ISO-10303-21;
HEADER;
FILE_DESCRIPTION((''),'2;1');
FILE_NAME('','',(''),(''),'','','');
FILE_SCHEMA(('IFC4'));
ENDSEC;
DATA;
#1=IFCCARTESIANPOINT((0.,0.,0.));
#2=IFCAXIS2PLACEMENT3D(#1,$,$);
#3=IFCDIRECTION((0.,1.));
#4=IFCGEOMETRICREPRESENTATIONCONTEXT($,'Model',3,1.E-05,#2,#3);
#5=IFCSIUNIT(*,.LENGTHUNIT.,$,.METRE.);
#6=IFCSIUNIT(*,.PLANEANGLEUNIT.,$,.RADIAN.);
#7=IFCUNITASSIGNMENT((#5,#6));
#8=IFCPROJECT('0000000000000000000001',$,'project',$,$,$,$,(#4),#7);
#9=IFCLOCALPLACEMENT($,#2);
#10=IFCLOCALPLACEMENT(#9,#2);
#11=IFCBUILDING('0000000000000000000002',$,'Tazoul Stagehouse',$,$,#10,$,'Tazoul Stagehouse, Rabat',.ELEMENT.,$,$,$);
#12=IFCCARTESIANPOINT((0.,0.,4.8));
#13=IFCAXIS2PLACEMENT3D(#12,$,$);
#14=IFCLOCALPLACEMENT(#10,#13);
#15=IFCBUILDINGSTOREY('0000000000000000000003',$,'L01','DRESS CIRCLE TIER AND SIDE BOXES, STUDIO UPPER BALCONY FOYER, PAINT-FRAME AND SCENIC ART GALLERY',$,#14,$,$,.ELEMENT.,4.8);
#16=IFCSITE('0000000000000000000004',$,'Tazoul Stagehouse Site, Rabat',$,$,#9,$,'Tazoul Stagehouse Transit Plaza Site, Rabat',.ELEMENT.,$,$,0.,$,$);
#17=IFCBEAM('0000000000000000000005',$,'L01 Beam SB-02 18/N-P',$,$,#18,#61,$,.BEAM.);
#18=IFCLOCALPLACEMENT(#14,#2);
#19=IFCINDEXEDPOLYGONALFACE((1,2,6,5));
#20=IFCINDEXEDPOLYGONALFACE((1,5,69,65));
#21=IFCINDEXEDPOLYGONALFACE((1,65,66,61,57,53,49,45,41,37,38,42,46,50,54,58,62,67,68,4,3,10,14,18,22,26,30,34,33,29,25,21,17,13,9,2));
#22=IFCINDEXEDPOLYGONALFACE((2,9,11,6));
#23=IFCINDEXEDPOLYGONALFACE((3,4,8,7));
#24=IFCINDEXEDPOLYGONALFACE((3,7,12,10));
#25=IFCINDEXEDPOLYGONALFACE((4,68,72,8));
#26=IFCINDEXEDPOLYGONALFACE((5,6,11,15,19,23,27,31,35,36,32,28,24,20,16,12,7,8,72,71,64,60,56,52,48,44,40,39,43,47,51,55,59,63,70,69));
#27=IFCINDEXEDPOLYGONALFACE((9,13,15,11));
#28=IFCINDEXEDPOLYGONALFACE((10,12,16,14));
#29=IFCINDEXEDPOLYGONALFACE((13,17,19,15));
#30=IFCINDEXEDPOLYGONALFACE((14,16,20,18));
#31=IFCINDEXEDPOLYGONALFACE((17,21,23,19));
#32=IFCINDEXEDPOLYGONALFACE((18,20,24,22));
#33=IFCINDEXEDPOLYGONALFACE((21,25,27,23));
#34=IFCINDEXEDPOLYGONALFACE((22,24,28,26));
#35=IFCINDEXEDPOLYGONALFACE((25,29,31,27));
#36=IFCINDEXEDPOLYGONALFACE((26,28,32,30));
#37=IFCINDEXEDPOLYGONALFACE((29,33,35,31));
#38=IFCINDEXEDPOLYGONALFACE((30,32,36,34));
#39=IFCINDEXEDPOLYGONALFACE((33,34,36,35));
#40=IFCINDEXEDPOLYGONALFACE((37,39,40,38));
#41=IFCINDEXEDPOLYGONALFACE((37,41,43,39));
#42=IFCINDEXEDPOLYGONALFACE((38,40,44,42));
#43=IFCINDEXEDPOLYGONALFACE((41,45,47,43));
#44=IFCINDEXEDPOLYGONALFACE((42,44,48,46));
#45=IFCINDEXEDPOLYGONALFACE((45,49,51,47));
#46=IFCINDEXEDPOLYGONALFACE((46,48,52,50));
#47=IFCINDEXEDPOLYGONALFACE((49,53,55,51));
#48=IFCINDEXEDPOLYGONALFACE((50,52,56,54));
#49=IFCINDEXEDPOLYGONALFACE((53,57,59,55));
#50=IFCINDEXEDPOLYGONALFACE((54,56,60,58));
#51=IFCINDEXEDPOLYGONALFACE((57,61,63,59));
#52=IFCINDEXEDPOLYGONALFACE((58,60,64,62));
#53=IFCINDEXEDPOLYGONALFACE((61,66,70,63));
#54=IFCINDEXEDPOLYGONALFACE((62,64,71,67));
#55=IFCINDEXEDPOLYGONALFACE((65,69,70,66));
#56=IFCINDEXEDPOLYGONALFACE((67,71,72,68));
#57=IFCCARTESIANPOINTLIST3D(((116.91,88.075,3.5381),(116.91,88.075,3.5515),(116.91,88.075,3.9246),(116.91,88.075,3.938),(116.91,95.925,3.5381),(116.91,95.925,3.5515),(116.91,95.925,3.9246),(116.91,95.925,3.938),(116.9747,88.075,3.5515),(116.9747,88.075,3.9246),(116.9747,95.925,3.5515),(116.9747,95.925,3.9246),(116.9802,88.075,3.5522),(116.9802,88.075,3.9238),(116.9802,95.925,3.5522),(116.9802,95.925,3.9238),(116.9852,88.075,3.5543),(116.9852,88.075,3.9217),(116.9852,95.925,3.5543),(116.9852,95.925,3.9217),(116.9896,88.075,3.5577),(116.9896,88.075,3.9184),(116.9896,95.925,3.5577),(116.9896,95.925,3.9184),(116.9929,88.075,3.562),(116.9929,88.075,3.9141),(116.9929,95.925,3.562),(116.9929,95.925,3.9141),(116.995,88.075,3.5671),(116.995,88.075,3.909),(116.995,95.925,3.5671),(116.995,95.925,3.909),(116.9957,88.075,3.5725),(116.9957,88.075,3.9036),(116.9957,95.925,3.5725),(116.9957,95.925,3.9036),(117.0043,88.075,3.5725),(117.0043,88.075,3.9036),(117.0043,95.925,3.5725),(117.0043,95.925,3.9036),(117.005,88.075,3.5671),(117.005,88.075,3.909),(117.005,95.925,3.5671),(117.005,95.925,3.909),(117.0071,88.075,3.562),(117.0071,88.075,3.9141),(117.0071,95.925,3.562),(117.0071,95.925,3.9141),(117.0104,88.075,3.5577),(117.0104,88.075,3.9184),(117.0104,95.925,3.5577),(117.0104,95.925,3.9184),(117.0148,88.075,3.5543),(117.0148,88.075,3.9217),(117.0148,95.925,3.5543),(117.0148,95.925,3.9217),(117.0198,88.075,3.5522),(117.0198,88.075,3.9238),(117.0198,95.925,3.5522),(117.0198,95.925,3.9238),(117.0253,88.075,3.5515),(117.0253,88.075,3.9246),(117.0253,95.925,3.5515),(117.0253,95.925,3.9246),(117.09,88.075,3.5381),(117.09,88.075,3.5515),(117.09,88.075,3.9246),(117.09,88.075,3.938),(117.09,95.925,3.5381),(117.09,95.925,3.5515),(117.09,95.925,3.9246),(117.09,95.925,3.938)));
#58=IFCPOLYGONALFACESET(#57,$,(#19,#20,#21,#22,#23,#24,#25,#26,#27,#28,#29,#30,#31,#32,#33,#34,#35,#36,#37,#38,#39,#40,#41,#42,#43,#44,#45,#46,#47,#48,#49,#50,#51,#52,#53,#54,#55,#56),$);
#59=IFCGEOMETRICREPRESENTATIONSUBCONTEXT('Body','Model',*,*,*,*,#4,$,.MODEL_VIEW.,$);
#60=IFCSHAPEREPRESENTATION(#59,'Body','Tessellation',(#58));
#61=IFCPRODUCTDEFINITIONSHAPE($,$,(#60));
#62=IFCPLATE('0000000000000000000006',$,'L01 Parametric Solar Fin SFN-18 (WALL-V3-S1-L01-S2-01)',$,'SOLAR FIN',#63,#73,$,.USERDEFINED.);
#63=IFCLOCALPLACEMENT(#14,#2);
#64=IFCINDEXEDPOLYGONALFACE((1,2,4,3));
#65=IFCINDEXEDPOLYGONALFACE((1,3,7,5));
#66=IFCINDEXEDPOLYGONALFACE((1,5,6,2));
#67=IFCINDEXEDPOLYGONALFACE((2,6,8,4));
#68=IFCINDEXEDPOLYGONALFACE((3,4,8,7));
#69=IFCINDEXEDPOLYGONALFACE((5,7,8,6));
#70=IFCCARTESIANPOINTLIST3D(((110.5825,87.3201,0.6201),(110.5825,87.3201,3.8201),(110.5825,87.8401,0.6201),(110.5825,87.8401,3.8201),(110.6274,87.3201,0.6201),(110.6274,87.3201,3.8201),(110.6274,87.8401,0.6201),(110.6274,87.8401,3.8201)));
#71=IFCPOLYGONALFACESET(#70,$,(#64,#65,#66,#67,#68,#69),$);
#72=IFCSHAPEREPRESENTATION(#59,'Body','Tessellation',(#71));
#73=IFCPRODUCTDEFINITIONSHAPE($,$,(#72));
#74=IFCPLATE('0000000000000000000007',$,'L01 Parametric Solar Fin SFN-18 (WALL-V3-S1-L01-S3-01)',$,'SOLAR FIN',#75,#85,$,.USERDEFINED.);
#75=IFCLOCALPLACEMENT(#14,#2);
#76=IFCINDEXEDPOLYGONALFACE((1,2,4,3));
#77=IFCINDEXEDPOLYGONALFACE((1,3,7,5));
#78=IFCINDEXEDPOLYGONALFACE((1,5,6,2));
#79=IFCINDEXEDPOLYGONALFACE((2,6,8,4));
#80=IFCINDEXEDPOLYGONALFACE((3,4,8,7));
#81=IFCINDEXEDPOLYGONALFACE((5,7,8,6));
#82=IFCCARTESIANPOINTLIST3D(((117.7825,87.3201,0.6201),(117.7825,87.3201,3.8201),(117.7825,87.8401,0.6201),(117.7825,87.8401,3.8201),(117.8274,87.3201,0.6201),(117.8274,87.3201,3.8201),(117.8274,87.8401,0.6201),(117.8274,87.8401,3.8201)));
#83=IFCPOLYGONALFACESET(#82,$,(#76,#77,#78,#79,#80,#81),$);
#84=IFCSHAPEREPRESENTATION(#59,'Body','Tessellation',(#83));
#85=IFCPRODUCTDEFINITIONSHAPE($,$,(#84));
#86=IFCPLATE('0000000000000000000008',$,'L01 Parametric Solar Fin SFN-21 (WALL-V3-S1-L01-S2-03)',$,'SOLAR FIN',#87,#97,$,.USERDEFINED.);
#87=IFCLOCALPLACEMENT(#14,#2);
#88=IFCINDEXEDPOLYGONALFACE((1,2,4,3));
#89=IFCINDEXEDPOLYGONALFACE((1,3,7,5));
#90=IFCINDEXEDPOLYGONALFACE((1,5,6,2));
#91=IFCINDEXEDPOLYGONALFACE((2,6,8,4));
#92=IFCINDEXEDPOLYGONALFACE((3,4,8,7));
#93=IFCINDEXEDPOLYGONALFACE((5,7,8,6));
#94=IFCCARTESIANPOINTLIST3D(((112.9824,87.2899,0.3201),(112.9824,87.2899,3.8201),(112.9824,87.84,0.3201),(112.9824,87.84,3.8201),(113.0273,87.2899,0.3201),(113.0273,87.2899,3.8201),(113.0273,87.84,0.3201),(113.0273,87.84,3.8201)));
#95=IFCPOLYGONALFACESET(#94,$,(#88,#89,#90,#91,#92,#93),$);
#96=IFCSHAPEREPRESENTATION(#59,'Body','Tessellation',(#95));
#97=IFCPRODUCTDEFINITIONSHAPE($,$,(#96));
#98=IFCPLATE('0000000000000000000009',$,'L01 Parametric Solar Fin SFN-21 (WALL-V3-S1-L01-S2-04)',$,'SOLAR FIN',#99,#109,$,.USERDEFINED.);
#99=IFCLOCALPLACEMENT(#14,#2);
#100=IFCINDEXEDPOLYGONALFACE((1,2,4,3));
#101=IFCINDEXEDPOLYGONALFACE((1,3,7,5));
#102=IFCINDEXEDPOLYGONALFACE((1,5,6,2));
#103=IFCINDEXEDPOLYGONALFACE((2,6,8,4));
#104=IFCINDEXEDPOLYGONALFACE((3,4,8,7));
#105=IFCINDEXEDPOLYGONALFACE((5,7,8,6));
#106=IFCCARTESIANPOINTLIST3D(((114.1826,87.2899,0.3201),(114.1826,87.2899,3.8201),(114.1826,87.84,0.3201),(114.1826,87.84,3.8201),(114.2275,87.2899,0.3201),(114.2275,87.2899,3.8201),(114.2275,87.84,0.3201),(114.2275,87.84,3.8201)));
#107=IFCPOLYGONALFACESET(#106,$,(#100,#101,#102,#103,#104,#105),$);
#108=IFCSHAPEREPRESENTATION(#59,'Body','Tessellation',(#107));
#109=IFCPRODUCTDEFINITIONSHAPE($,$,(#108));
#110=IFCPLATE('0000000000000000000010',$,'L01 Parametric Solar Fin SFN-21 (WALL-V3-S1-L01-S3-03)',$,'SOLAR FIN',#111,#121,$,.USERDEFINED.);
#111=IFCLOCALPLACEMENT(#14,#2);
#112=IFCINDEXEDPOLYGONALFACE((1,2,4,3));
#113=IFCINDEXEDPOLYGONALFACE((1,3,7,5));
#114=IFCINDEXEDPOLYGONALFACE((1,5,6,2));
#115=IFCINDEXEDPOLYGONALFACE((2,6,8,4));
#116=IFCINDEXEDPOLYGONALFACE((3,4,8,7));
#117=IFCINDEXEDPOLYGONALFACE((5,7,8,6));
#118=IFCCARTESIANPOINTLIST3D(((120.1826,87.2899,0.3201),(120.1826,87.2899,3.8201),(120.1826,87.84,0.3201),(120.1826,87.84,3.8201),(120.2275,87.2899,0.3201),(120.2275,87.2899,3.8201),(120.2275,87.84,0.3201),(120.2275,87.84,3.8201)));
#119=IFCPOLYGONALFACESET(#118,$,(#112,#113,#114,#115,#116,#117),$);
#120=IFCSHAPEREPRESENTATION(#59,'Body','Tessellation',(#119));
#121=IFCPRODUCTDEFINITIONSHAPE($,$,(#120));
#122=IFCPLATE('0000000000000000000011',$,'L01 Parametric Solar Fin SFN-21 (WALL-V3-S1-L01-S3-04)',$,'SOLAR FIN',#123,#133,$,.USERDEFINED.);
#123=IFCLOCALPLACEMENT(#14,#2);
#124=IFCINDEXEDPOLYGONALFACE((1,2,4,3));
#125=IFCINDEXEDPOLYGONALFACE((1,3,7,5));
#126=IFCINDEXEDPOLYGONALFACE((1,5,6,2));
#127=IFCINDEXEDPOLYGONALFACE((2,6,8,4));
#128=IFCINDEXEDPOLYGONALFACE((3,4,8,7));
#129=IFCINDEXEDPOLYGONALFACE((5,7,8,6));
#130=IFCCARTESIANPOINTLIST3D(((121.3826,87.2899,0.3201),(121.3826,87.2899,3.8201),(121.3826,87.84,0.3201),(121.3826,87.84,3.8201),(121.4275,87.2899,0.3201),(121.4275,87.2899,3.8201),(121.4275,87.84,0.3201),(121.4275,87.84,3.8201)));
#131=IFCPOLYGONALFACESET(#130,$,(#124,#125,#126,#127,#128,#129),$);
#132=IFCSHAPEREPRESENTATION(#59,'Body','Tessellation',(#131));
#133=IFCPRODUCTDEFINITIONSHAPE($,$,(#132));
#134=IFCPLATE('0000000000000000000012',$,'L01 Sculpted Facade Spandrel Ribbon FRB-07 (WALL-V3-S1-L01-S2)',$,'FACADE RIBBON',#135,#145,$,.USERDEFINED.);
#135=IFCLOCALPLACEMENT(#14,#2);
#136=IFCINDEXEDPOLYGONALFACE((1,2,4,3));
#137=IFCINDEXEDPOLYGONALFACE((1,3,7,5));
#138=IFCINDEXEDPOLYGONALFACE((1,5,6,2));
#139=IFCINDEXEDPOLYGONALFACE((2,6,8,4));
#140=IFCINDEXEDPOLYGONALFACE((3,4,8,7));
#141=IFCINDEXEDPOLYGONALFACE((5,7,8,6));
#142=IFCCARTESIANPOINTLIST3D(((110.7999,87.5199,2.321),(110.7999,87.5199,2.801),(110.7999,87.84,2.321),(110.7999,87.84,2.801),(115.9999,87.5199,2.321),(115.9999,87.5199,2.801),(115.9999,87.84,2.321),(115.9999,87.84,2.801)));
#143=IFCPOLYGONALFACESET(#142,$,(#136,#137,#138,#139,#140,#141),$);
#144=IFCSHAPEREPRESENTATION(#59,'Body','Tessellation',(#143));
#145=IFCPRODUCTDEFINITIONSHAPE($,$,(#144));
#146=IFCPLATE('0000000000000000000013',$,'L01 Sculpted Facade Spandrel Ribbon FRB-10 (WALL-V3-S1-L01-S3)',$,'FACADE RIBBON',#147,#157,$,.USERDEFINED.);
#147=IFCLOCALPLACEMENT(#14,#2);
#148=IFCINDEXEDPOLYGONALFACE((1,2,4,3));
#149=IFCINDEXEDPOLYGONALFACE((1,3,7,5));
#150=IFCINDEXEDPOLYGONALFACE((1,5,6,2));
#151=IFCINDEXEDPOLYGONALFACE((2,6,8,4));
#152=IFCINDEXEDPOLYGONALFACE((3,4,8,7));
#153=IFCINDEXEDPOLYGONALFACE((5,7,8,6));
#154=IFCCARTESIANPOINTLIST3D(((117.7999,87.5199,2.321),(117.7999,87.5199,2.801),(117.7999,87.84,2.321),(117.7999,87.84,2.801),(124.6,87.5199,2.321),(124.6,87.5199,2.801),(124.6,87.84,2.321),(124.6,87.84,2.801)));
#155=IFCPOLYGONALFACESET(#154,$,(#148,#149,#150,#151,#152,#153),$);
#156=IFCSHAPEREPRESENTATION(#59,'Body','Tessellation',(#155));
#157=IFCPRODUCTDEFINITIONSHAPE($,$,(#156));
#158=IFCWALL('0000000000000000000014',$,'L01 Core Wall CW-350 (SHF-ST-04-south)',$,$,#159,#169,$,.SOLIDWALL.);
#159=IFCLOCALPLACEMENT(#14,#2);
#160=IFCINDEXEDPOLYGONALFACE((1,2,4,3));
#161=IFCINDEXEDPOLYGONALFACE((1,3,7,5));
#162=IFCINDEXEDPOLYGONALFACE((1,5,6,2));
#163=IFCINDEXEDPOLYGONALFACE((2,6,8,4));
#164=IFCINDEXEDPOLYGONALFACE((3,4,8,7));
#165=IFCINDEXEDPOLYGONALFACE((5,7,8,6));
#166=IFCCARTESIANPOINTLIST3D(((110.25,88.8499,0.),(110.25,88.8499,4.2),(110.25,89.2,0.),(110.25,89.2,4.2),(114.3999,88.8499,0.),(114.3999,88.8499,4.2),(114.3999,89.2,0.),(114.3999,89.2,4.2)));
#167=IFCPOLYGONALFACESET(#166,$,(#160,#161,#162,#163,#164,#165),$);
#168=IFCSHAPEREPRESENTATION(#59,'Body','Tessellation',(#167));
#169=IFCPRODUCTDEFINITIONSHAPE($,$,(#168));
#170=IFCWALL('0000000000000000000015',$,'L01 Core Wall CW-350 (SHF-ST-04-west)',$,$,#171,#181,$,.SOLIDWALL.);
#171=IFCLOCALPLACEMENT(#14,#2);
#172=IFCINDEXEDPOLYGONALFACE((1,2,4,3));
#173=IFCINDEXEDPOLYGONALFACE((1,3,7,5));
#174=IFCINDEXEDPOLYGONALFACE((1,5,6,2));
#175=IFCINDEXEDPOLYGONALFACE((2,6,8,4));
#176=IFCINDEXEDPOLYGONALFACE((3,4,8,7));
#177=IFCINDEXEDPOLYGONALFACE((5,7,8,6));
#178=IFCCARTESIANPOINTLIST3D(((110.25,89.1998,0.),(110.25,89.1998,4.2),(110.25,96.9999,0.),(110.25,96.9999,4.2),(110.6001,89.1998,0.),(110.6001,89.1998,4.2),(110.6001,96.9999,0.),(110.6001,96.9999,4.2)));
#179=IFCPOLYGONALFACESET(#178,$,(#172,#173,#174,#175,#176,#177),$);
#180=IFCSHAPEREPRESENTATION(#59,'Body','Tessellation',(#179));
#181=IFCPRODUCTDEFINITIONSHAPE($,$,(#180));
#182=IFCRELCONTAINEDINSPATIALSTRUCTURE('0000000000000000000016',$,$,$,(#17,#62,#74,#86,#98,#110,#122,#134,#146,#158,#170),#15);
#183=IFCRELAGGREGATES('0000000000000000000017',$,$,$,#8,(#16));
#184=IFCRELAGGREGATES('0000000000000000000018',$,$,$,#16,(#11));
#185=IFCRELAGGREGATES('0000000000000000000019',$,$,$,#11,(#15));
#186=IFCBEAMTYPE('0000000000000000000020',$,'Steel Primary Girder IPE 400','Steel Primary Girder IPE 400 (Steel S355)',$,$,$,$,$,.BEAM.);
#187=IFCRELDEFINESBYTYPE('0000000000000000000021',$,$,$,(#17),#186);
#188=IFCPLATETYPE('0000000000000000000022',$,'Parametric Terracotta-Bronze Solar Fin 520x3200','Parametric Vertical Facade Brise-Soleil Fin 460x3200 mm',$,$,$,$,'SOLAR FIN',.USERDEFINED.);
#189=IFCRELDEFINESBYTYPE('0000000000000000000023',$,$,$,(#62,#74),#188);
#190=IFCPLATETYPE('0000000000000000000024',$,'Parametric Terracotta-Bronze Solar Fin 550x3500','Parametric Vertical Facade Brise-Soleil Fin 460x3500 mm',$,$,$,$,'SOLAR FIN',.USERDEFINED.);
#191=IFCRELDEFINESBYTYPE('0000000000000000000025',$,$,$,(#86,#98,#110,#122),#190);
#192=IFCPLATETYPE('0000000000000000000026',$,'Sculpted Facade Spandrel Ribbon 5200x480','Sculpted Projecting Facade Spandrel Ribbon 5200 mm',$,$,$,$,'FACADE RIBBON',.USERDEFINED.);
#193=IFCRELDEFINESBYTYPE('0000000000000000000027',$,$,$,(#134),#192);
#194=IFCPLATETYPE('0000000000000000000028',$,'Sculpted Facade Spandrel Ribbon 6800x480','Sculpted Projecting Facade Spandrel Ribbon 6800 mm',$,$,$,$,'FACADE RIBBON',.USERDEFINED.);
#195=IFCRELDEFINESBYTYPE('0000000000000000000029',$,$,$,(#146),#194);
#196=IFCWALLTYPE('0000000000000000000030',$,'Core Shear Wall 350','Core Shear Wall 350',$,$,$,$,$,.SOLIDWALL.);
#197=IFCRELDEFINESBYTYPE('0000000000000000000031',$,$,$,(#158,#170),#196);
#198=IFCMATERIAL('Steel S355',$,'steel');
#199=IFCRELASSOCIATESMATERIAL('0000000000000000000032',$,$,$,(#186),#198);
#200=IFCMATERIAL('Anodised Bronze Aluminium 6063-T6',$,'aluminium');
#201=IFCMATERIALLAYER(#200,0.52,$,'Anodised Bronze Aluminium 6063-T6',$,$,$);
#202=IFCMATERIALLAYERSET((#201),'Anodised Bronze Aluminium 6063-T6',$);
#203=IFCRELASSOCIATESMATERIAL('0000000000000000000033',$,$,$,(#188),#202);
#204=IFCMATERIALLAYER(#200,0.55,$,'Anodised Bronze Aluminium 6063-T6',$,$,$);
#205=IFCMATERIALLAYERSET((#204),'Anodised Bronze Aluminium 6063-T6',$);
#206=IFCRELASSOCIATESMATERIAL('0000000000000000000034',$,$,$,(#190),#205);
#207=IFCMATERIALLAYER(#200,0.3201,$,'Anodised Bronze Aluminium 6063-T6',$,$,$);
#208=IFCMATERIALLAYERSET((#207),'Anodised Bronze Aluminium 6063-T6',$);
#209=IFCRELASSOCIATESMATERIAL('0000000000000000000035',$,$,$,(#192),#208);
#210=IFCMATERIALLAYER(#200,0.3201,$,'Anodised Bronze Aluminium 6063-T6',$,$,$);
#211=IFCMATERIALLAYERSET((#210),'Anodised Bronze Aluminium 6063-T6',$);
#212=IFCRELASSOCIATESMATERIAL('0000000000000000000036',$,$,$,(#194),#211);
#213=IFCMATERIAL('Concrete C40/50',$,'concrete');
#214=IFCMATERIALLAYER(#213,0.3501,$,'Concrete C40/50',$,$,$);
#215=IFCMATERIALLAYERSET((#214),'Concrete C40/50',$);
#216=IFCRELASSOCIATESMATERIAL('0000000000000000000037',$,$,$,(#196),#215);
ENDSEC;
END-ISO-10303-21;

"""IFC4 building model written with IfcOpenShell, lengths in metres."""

from ifc_helpers import new_model, si_unit, direction, frame, frame_2d, origin, origin_2d, place, context, subcontext, project, spatial, rectangle, i_section, extrude, material, layer, layer_set, material_profile, profile_set, type_object, element, save


model = new_model("IFC4")

# Units and contexts
model_context = context("Model", 3, precision=1e-05, world=origin(), true_north=direction((0.0, 1.0)))
body_context = subcontext(model_context, "Body", "Model", "MODEL_VIEW")
ifc_project = project(units=[si_unit("LENGTHUNIT", "METRE"), si_unit("PLANEANGLEUNIT", "RADIAN")], contexts=[model_context])

# Site, building, storey
site_placement = place(None, origin())
site = spatial("IfcSite", under=ifc_project, at=site_placement, Name="Tazoul Stagehouse Site, Rabat", LongName="Tazoul Stagehouse Transit Plaza Site, Rabat", CompositionType="ELEMENT", RefElevation=0.0)
building_placement = place(site_placement, origin())
building = spatial("IfcBuilding", under=site, at=building_placement, Name="Tazoul Stagehouse", LongName="Tazoul Stagehouse, Rabat", CompositionType="ELEMENT")
storey_placement = place(building_placement, frame((0.0, 0.0, 4.8)))
storey = spatial("IfcBuildingStorey", under=building, at=storey_placement, Name="L01", Description="DRESS CIRCLE TIER AND SIDE BOXES, STUDIO UPPER BALCONY FOYER, PAINT-FRAME AND SCENIC ART GALLERY", CompositionType="ELEMENT", Elevation=4.8)

# Shared definitions
ifc_material_1 = material(Name="Concrete C40/50", Category="concrete")

# Beam
ifc_material_2 = material(Name="Steel S355", Category="steel")
ifc_material_profile_1 = material_profile(ifc_material_2, i_section(OverallWidth=0.1799, OverallDepth=0.3999, WebThickness=0.0085, FlangeThickness=0.0134, FilletRadius=0.021, at=origin_2d()), Name="IPE 400")
ifc_profile_set_1 = profile_set([ifc_material_profile_1], Name="Steel S355")
beam_type_1 = type_object("IfcBeamType", Name="Steel Primary Girder IPE 400", Description="Steel Primary Girder IPE 400 (Steel S355)", PredefinedType="BEAM", material=ifc_profile_set_1)
beam_1_placement = place(storey_placement, frame((117.0, 88.075, 3.738), z_axis=(0.0, 1.0, 0.0), x_axis=(-1.0, 0.0, 0.0)))
element("IfcBeam", 1, at=beam_1_placement, inside=storey, type_object=beam_type_1, Name="L01 Beam SB-02 18/N-P", PredefinedType="BEAM", context=body_context, shape_type="SweptSolid", body=[
    extrude(i_section(OverallWidth=0.1799, OverallDepth=0.3999, WebThickness=0.0085, FlangeThickness=0.0134, FilletRadius=0.021, at=origin_2d()), origin(), (0.0, 0.0, 1.0), 7.8501),
])

# Plates
ifc_material_3 = material(Name="Anodised Bronze Aluminium 6063-T6", Category="aluminium")
ifc_layer_1 = layer(ifc_material_3, 0.52, Name="Anodised Bronze Aluminium 6063-T6")
ifc_layer_set_1 = layer_set([ifc_layer_1], Name="Anodised Bronze Aluminium 6063-T6")
plate_type_1 = type_object("IfcPlateType", Name="Parametric Terracotta-Bronze Solar Fin 520x3200", Description="Parametric Vertical Facade Brise-Soleil Fin 460x3200 mm", ElementType="SOLAR FIN", PredefinedType="USERDEFINED", material=ifc_layer_set_1)
for number, where, z_axis, x_axis, name in (
    (2, (110.605, 87.5801, 0.6201), (0.0, 0.0, 1.0), (1.0, 0.0, 0.0), "L01 Parametric Solar Fin SFN-18 (WALL-V3-S1-L01-S2-01)"),
    (3, (117.8049, 87.5801, 0.6201), (0.0, 0.0, 1.0), (1.0, 0.0, 0.0), "L01 Parametric Solar Fin SFN-18 (WALL-V3-S1-L01-S3-01)"),
):
    element("IfcPlate", number, at=place(storey_placement, frame(where, z_axis=z_axis, x_axis=x_axis)), inside=storey, type_object=plate_type_1, Name=name, ObjectType="SOLAR FIN", PredefinedType="USERDEFINED", context=body_context, shape_type="SweptSolid", body=[
        extrude(rectangle(XDim=0.0449, YDim=0.52, at=origin_2d()), origin(), (0.0, 0.0, 1.0), 3.2),
    ])
ifc_layer_2 = layer(ifc_material_3, 0.55, Name="Anodised Bronze Aluminium 6063-T6")
ifc_layer_set_2 = layer_set([ifc_layer_2], Name="Anodised Bronze Aluminium 6063-T6")
plate_type_2 = type_object("IfcPlateType", Name="Parametric Terracotta-Bronze Solar Fin 550x3500", Description="Parametric Vertical Facade Brise-Soleil Fin 460x3500 mm", ElementType="SOLAR FIN", PredefinedType="USERDEFINED", material=ifc_layer_set_2)
for number, where, z_axis, x_axis, name in (
    (4, (113.0049, 87.5649, 0.3201), (0.0, 0.0, 1.0), (1.0, 0.0, 0.0), "L01 Parametric Solar Fin SFN-21 (WALL-V3-S1-L01-S2-03)"),
    (5, (114.2051, 87.5649, 0.3201), (0.0, 0.0, 1.0), (1.0, 0.0, 0.0), "L01 Parametric Solar Fin SFN-21 (WALL-V3-S1-L01-S2-04)"),
    (6, (120.2051, 87.5649, 0.3201), (0.0, 0.0, 1.0), (1.0, 0.0, 0.0), "L01 Parametric Solar Fin SFN-21 (WALL-V3-S1-L01-S3-03)"),
    (7, (121.405, 87.5649, 0.3201), (0.0, 0.0, 1.0), (1.0, 0.0, 0.0), "L01 Parametric Solar Fin SFN-21 (WALL-V3-S1-L01-S3-04)"),
):
    element("IfcPlate", number, at=place(storey_placement, frame(where, z_axis=z_axis, x_axis=x_axis)), inside=storey, type_object=plate_type_2, Name=name, ObjectType="SOLAR FIN", PredefinedType="USERDEFINED", context=body_context, shape_type="SweptSolid", body=[
        extrude(rectangle(XDim=0.0449, YDim=0.55, at=origin_2d()), origin(), (0.0, 0.0, 1.0), 3.5),
    ])
ifc_layer_3 = layer(ifc_material_3, 0.3201, Name="Anodised Bronze Aluminium 6063-T6")
ifc_layer_set_3 = layer_set([ifc_layer_3], Name="Anodised Bronze Aluminium 6063-T6")
plate_type_3 = type_object("IfcPlateType", Name="Sculpted Facade Spandrel Ribbon 5200x480", Description="Sculpted Projecting Facade Spandrel Ribbon 5200 mm", ElementType="FACADE RIBBON", PredefinedType="USERDEFINED", material=ifc_layer_set_3)
plate_1_placement = place(storey_placement, frame((113.3999, 87.6799, 2.321), z_axis=(0.0, 0.0, 1.0), x_axis=(1.0, 0.0, 0.0)))
element("IfcPlate", 8, at=plate_1_placement, inside=storey, type_object=plate_type_3, Name="L01 Sculpted Facade Spandrel Ribbon FRB-07 (WALL-V3-S1-L01-S2)", ObjectType="FACADE RIBBON", PredefinedType="USERDEFINED", context=body_context, shape_type="SweptSolid", body=[
    extrude(rectangle(XDim=5.2, YDim=0.3201, at=origin_2d()), origin(), (0.0, 0.0, 1.0), 0.48),
])
ifc_layer_4 = layer(ifc_material_3, 0.3201, Name="Anodised Bronze Aluminium 6063-T6")
ifc_layer_set_4 = layer_set([ifc_layer_4], Name="Anodised Bronze Aluminium 6063-T6")
plate_type_4 = type_object("IfcPlateType", Name="Sculpted Facade Spandrel Ribbon 6800x480", Description="Sculpted Projecting Facade Spandrel Ribbon 6800 mm", ElementType="FACADE RIBBON", PredefinedType="USERDEFINED", material=ifc_layer_set_4)
plate_2_placement = place(storey_placement, frame((121.2, 87.6799, 2.321), z_axis=(0.0, 0.0, 1.0), x_axis=(1.0, 0.0, 0.0)))
element("IfcPlate", 9, at=plate_2_placement, inside=storey, type_object=plate_type_4, Name="L01 Sculpted Facade Spandrel Ribbon FRB-10 (WALL-V3-S1-L01-S3)", ObjectType="FACADE RIBBON", PredefinedType="USERDEFINED", context=body_context, shape_type="SweptSolid", body=[
    extrude(rectangle(XDim=6.8, YDim=0.3201, at=origin_2d()), origin(), (0.0, 0.0, 1.0), 0.48),
])

# Walls
ifc_layer_5 = layer(ifc_material_1, 0.3501, Name="Concrete C40/50")
ifc_layer_set_5 = layer_set([ifc_layer_5], Name="Concrete C40/50")
wall_type_1 = type_object("IfcWallType", Name="Core Shear Wall 350", Description="Core Shear Wall 350", PredefinedType="SOLIDWALL", material=ifc_layer_set_5)
wall_1_placement = place(storey_placement, frame((114.3999, 89.0249, 0.0), z_axis=(0.0, 0.0, 1.0), x_axis=(-1.0, 0.0, 0.0)))
element("IfcWall", 10, at=wall_1_placement, inside=storey, type_object=wall_type_1, Name="L01 Core Wall CW-350 (SHF-ST-04-south)", PredefinedType="SOLIDWALL", context=body_context, shape_type="SweptSolid", body=[
    extrude(rectangle(XDim=4.1499, YDim=0.3501, at=frame_2d((2.075, 0.0))), origin(), (0.0, 0.0, 1.0), 4.2),
])
wall_2_placement = place(storey_placement, frame((110.425, 89.2, 0.0), z_axis=(0.0, 0.0, 1.0), x_axis=(0.0, 1.0, 0.0)))
element("IfcWall", 11, at=wall_2_placement, inside=storey, type_object=wall_type_1, Name="L01 Core Wall CW-350 (SHF-ST-04-west)", PredefinedType="SOLIDWALL", context=body_context, shape_type="SweptSolid", body=[
    extrude(rectangle(XDim=7.8, YDim=0.3501, at=frame_2d((3.8999, 0.0))), origin(), (0.0, 0.0, 1.0), 4.2),
])

save(model, "model.ifc")
